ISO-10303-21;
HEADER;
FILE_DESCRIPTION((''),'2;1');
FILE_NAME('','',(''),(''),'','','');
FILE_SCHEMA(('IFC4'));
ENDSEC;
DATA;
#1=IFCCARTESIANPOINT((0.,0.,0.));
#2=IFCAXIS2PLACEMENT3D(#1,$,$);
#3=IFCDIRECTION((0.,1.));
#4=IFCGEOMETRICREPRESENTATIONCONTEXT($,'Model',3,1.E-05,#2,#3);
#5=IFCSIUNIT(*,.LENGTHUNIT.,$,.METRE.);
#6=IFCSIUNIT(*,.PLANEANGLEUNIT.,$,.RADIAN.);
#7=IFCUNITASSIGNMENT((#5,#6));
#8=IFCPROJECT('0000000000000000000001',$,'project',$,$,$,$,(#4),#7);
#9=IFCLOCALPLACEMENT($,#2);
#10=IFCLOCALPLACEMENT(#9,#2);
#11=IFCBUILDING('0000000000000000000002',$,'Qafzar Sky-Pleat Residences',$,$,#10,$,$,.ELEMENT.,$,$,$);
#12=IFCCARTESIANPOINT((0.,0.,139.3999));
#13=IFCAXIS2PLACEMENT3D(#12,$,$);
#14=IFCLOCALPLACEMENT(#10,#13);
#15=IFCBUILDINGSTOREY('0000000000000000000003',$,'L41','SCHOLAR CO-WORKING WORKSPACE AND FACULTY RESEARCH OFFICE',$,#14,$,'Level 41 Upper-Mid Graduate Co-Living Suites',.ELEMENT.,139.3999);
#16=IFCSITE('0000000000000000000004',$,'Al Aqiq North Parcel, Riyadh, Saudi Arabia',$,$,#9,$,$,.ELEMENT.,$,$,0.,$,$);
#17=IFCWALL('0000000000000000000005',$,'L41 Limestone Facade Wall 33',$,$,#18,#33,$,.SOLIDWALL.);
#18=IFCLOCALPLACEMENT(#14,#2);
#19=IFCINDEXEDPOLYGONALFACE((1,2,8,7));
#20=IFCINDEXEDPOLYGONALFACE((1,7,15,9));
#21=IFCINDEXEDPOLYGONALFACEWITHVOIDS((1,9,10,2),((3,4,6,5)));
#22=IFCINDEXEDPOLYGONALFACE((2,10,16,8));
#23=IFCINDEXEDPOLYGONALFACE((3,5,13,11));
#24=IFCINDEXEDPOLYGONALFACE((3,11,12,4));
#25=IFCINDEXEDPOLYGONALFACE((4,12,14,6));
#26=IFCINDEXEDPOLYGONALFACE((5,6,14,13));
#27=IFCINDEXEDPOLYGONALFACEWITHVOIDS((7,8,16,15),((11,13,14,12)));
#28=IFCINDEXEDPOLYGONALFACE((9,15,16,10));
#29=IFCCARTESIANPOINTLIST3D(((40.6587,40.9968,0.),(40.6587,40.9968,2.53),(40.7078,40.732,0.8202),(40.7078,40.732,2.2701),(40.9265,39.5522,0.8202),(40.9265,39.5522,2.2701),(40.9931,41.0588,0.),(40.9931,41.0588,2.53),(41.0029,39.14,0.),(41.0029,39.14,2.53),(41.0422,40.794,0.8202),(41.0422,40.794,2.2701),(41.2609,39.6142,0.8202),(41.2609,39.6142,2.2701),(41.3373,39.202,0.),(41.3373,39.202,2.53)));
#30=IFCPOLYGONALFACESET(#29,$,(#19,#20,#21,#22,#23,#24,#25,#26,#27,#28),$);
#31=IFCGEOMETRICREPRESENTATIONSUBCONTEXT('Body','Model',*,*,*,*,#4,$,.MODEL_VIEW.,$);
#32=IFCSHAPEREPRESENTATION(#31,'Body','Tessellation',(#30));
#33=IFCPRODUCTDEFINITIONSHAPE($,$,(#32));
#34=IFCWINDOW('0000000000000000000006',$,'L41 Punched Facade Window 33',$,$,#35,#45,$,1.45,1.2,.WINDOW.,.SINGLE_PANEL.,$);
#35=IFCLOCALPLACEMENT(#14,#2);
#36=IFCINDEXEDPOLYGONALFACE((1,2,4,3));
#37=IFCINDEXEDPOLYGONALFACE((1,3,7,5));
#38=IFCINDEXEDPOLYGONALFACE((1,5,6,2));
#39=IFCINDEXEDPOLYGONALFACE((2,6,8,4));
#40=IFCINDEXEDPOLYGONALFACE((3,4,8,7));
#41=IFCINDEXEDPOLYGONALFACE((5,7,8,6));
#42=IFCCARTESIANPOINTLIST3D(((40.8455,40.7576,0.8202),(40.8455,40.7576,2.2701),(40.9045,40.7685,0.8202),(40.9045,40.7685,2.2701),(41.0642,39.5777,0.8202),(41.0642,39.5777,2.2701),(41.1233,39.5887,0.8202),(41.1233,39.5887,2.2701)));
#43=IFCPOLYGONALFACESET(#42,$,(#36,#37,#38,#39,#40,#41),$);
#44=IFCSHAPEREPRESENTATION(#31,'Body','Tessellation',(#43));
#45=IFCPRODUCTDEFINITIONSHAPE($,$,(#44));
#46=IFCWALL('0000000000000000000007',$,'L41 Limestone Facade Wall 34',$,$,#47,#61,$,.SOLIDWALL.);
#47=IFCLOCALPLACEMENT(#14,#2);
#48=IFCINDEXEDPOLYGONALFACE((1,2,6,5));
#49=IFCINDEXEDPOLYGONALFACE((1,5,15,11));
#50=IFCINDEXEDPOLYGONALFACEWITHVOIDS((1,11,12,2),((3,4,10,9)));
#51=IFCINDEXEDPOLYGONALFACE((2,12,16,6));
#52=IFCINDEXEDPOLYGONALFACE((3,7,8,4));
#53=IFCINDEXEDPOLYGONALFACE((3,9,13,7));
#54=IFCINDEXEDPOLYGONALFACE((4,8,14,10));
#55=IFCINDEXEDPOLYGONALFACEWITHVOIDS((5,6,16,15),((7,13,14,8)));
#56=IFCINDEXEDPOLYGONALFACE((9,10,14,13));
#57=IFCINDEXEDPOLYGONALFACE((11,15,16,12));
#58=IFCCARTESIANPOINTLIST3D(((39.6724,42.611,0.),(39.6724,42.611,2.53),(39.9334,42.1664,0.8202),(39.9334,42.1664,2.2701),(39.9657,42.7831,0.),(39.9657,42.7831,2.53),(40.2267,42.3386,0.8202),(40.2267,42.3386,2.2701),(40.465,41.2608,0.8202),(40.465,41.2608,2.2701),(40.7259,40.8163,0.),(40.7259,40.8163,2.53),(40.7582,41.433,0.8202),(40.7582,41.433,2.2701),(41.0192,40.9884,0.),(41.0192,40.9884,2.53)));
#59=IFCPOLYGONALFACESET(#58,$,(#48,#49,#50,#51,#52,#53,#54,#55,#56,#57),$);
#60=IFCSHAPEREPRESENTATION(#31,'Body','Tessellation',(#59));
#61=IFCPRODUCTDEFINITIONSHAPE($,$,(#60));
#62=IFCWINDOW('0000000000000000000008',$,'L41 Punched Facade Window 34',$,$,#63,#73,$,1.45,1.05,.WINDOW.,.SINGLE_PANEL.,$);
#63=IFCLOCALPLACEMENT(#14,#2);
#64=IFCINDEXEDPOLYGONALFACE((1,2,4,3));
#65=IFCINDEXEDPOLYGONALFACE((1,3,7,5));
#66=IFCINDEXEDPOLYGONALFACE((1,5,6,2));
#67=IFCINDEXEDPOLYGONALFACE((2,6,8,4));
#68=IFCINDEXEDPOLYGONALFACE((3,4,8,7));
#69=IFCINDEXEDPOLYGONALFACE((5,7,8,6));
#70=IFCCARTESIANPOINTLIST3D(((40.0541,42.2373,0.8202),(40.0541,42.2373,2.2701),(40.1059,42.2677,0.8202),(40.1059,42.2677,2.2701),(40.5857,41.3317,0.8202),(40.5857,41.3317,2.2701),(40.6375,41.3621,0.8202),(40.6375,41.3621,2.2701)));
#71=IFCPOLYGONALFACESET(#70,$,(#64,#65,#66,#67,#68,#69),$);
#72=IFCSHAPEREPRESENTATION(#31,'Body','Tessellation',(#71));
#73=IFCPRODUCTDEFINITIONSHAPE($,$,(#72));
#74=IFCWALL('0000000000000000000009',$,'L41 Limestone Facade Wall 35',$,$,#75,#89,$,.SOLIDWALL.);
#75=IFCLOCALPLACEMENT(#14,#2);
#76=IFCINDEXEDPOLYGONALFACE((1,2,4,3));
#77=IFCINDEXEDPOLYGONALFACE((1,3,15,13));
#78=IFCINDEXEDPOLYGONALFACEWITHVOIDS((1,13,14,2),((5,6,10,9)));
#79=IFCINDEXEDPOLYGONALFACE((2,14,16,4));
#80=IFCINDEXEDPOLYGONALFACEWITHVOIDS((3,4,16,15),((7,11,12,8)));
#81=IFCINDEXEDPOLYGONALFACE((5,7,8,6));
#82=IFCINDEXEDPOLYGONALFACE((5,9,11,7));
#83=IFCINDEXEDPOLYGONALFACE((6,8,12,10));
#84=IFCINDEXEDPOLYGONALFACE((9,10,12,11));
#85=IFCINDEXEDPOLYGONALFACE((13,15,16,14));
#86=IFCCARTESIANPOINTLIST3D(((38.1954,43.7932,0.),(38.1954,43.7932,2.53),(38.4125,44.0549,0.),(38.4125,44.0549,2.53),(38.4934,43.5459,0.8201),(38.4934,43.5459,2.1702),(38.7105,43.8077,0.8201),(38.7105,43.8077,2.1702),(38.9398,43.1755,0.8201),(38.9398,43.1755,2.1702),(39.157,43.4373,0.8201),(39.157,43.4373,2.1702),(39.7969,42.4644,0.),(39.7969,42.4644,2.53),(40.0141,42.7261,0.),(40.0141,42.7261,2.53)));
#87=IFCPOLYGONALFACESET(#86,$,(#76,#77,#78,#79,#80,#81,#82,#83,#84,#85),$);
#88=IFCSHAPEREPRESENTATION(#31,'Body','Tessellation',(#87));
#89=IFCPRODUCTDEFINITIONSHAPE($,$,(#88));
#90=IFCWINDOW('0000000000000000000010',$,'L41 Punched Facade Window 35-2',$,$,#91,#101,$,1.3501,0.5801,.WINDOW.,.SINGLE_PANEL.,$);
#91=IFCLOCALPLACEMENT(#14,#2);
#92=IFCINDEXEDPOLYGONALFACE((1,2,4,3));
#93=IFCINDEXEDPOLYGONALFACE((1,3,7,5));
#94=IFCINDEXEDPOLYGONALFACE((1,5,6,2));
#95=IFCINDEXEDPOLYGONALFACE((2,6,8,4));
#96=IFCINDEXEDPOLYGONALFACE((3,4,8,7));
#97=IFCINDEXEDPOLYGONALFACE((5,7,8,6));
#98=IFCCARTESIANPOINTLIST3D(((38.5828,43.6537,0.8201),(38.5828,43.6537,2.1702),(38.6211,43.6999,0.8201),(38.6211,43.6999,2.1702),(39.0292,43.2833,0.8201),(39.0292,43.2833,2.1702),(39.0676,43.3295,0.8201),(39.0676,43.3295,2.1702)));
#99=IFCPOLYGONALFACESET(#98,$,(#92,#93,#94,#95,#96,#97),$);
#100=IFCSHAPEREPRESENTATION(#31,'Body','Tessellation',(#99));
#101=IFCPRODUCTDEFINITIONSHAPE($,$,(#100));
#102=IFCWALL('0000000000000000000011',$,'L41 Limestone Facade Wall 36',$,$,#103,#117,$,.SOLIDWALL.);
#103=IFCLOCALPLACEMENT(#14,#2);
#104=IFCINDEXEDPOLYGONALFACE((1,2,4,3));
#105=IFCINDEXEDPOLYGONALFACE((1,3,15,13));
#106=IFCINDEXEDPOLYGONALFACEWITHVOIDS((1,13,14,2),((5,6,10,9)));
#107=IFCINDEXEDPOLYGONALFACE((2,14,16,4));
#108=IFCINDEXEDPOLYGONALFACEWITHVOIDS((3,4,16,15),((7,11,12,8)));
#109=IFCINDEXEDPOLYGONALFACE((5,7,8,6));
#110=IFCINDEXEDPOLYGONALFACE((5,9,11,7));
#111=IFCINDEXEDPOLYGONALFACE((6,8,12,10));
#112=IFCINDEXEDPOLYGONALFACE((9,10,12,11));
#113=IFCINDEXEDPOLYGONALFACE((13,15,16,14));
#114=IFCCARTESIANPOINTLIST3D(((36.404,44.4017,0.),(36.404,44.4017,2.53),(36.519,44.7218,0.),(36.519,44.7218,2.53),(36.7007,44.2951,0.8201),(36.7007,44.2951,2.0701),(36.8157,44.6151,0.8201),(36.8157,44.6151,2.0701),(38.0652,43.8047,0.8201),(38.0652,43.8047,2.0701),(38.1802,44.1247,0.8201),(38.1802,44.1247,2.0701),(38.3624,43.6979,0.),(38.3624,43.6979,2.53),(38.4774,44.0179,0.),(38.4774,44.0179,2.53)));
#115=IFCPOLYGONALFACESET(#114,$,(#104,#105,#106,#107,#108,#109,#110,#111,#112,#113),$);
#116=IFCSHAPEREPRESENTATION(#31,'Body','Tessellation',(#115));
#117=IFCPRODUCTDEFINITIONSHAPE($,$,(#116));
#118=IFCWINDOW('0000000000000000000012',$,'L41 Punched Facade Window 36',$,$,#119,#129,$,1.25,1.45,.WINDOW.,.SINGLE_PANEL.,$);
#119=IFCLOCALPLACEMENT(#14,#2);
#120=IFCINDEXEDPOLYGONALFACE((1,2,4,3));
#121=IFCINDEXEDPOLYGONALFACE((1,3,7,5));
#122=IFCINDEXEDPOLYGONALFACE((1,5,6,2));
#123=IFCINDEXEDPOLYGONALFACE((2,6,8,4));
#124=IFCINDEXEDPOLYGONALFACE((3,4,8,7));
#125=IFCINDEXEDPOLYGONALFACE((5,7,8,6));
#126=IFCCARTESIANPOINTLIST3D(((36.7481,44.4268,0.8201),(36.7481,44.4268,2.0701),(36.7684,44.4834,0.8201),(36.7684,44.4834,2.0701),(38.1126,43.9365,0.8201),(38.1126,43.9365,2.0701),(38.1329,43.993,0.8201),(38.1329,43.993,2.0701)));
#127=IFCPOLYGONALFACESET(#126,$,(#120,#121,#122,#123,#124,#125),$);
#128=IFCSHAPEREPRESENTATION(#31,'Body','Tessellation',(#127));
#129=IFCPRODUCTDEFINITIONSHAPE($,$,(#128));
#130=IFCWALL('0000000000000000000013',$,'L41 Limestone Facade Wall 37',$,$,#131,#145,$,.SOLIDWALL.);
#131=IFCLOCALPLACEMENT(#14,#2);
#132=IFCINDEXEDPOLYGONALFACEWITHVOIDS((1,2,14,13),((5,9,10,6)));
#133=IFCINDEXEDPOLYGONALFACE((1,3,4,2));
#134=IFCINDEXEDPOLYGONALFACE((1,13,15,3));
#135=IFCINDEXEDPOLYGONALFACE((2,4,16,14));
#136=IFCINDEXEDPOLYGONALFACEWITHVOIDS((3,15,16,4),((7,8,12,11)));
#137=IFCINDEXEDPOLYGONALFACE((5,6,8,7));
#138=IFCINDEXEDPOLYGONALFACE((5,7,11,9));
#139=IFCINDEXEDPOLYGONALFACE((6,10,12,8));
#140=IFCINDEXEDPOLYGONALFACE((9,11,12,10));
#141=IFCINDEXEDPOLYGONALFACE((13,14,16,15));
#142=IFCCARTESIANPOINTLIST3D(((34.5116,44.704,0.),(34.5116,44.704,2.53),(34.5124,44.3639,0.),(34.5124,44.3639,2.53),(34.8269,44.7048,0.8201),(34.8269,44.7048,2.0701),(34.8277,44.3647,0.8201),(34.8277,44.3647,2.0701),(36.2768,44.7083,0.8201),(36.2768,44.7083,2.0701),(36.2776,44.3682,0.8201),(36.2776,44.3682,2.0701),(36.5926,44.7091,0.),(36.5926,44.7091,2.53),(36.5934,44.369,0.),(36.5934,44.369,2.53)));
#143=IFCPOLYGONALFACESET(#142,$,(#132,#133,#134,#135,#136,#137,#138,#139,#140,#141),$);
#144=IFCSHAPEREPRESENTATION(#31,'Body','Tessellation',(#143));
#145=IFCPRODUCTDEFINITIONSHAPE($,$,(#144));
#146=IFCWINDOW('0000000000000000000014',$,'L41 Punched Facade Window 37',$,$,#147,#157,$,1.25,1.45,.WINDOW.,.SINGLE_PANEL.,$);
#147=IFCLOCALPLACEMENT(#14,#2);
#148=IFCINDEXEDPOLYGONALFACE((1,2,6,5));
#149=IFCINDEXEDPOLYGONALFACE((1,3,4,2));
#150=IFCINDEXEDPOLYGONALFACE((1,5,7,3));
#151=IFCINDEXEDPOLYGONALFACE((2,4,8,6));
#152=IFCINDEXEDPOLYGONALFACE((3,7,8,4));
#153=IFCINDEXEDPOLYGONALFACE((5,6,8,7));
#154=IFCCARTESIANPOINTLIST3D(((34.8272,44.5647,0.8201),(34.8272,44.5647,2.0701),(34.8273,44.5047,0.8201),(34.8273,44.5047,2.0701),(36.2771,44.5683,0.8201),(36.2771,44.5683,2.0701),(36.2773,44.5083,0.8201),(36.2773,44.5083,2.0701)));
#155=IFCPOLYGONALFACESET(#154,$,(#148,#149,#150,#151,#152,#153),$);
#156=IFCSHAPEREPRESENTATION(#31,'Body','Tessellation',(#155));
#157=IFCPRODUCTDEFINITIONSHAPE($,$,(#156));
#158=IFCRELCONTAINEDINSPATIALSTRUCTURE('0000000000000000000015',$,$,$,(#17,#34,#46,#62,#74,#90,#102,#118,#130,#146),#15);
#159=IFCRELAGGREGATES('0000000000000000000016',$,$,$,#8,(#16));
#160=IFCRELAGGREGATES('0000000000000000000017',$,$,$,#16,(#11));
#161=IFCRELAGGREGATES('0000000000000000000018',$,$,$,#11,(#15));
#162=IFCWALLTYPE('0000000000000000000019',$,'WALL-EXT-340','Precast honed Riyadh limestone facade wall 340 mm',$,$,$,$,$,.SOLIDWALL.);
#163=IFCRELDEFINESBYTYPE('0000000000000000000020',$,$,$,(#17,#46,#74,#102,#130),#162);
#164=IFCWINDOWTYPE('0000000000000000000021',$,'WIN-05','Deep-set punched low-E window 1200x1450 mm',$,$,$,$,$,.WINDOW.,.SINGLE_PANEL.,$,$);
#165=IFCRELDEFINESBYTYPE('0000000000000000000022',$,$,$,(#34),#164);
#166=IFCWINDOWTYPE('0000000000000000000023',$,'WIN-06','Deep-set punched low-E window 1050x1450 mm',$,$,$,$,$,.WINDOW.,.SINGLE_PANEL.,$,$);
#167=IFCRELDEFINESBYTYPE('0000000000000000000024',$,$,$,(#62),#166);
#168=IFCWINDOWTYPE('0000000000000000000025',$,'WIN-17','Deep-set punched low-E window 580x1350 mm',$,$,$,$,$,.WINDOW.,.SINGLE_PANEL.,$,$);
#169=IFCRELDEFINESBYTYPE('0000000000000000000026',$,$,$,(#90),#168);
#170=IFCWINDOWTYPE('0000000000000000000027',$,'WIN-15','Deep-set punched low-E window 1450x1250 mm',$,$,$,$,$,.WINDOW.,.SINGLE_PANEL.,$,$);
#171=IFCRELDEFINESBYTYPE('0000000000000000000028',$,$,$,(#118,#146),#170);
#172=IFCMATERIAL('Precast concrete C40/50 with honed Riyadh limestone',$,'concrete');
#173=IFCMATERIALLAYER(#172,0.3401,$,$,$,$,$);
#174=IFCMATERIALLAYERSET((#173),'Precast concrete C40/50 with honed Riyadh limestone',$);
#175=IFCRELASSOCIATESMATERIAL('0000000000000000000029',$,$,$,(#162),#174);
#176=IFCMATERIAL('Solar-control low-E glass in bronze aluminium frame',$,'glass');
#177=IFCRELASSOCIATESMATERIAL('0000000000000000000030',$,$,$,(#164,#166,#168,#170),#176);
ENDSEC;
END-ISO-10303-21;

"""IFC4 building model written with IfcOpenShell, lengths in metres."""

from ifc_helpers import new_model, si_unit, direction, frame, frame_2d, origin, place, context, subcontext, project, spatial, rectangle, extrude, source, transform, mapped, material, layer, layer_set, type_object, element, fill, save


model = new_model("IFC4")

# Units and contexts
model_context = context("Model", 3, precision=1e-05, world=origin(), true_north=direction((0.0, 1.0)))
body_context = subcontext(model_context, "Body", "Model", "MODEL_VIEW")
ifc_project = project(units=[si_unit("LENGTHUNIT", "METRE"), si_unit("PLANEANGLEUNIT", "RADIAN")], contexts=[model_context])

# Site, building, storey
site_placement = place(None, origin())
site = spatial("IfcSite", under=ifc_project, at=site_placement, Name="Al Aqiq North Parcel, Riyadh, Saudi Arabia", CompositionType="ELEMENT", RefElevation=0.0)
building_placement = place(site_placement, origin())
building = spatial("IfcBuilding", under=site, at=building_placement, Name="Qafzar Sky-Pleat Residences", CompositionType="ELEMENT")
storey_placement = place(building_placement, frame((0.0, 0.0, 139.3999)))
storey = spatial("IfcBuildingStorey", under=building, at=storey_placement, Name="L41", Description="SCHOLAR CO-WORKING WORKSPACE AND FACULTY RESEARCH OFFICE", LongName="Level 41 Upper-Mid Graduate Co-Living Suites", CompositionType="ELEMENT", Elevation=139.3999)

# Walls, openings, windows
ifc_material_1 = material(Name="Precast concrete C40/50 with honed Riyadh limestone", Category="concrete")
ifc_layer_1 = layer(ifc_material_1, 0.3401)
ifc_layer_set_1 = layer_set([ifc_layer_1], Name="Precast concrete C40/50 with honed Riyadh limestone")
wall_type_1 = type_object("IfcWallType", Name="WALL-EXT-340", Description="Precast honed Riyadh limestone facade wall 340 mm", PredefinedType="SOLIDWALL", material=ifc_layer_set_1)
ifc_material_2 = material(Name="Solar-control low-E glass in bronze aluminium frame", Category="glass")
wall_1_placement = place(storey_placement, frame((41.1702, 39.1709, 0.0), z_axis=(0.0, 0.0, 1.0), x_axis=(-0.182298, 0.983243, 0.0)))
wall_1 = element("IfcWall", 1, at=wall_1_placement, inside=storey, type_object=wall_type_1, Name="L41 Limestone Facade Wall 33", PredefinedType="SOLIDWALL", context=body_context, shape_type="SweptSolid", body=[
    extrude(rectangle(XDim=1.8884, YDim=0.3401, at=frame_2d((0.9443, 0.0))), origin(), (0.0, 0.0, 1.0), 2.53),
])
opening_1_placement = place(wall_1_placement, frame((0.4192, 0.0, 0.8201)))
opening_1 = element("IfcOpeningElement", 2, at=opening_1_placement, cuts=wall_1, PredefinedType="OPENING", context=body_context, shape_type="SweptSolid", body=[
    extrude(rectangle(XDim=1.2, YDim=1.45, at=frame_2d((0.6001, 0.7251))), frame((0.0, 0.1802, 0.0), z_axis=(0.0, -1.0, 0.0), x_axis=(1.0, 0.0, 0.0)), (0.0, 0.0, 1.0), 0.3601),
])
window_type_1 = type_object("IfcWindowType", Name="WIN-05", Description="Deep-set punched low-E window 1200x1450 mm", PartitioningType="SINGLE_PANEL", PredefinedType="WINDOW", material=ifc_material_2)
shared_shape_1 = source(origin(), body_context, "Body", "SweptSolid", [
    extrude(rectangle(XDim=1.2, YDim=1.45, at=frame_2d((0.6001, 0.7251))), frame((0.0, 0.03, 0.0), z_axis=(0.0, -1.0, 0.0), x_axis=(1.0, 0.0, 0.0)), (0.0, 0.0, 1.0), 0.0601),
])
window_1_placement = place(opening_1_placement, origin())
window_1 = element("IfcWindow", 3, at=window_1_placement, inside=storey, type_object=window_type_1, Name="L41 Punched Facade Window 33", OverallHeight=1.45, OverallWidth=1.2, PartitioningType="SINGLE_PANEL", PredefinedType="WINDOW", context=body_context, shape_type="MappedRepresentation", body=[
    mapped(shared_shape_1, transform((0.0, 0.0, 0.0), x_axis=(1.0, 0.0, 0.0), y_axis=(0.0, 1.0, 0.0), z_axis=(0.0, 0.0, 1.0), scale=1.0)),
])
fill(opening_1, window_1)
wall_2_placement = place(storey_placement, frame((40.8726, 40.9023, 0.0), z_axis=(0.0, 0.0, 1.0), x_axis=(-0.506225, 0.862401, 0.0)))
wall_2 = element("IfcWall", 4, at=wall_2_placement, inside=storey, type_object=wall_type_1, Name="L41 Limestone Facade Wall 34", PredefinedType="SOLIDWALL", context=body_context, shape_type="SweptSolid", body=[
    extrude(rectangle(XDim=2.0811, YDim=0.3401, at=frame_2d((1.0405, 0.0))), origin(), (0.0, 0.0, 1.0), 2.53),
])
opening_2_placement = place(wall_2_placement, frame((0.5156, 0.0, 0.8201)))
opening_2 = element("IfcOpeningElement", 5, at=opening_2_placement, cuts=wall_2, PredefinedType="OPENING", context=body_context, shape_type="SweptSolid", body=[
    extrude(rectangle(XDim=1.05, YDim=1.45, at=frame_2d((0.5249, 0.7251))), frame((0.0, 0.1802, 0.0), z_axis=(0.0, -1.0, 0.0), x_axis=(1.0, 0.0, 0.0)), (0.0, 0.0, 1.0), 0.3601),
])
window_type_2 = type_object("IfcWindowType", Name="WIN-06", Description="Deep-set punched low-E window 1050x1450 mm", PartitioningType="SINGLE_PANEL", PredefinedType="WINDOW", material=ifc_material_2)
shared_shape_2 = source(origin(), body_context, "Body", "SweptSolid", [
    extrude(rectangle(XDim=1.05, YDim=1.45, at=frame_2d((0.5249, 0.7251))), frame((0.0, 0.03, 0.0), z_axis=(0.0, -1.0, 0.0), x_axis=(1.0, 0.0, 0.0)), (0.0, 0.0, 1.0), 0.0601),
])
window_2_placement = place(opening_2_placement, origin())
window_2 = element("IfcWindow", 6, at=window_2_placement, inside=storey, type_object=window_type_2, Name="L41 Punched Facade Window 34", OverallHeight=1.45, OverallWidth=1.05, PartitioningType="SINGLE_PANEL", PredefinedType="WINDOW", context=body_context, shape_type="MappedRepresentation", body=[
    mapped(shared_shape_2, transform((0.0, 0.0, 0.0), x_axis=(1.0, 0.0, 0.0), y_axis=(0.0, 1.0, 0.0), z_axis=(0.0, 0.0, 1.0), scale=1.0)),
])
fill(opening_2, window_2)
wall_3_placement = place(storey_placement, frame((39.9055, 42.5952, 0.0), z_axis=(0.0, 0.0, 1.0), x_axis=(-0.769585, 0.638544, 0.0)))
wall_3 = element("IfcWall", 7, at=wall_3_placement, inside=storey, type_object=wall_type_1, Name="L41 Limestone Facade Wall 35", PredefinedType="SOLIDWALL", context=body_context, shape_type="SweptSolid", body=[
    extrude(rectangle(XDim=2.0811, YDim=0.3401, at=frame_2d((1.0405, 0.0))), origin(), (0.0, 0.0, 1.0), 2.53),
])
opening_3_placement = place(wall_3_placement, frame((1.1138, 0.0, 0.8201)))
opening_3 = element("IfcOpeningElement", 8, at=opening_3_placement, cuts=wall_3, PredefinedType="OPENING", context=body_context, shape_type="SweptSolid", body=[
    extrude(rectangle(XDim=0.5801, YDim=1.3501, at=frame_2d((0.29, 0.675))), frame((0.0, 0.1802, 0.0), z_axis=(0.0, -1.0, 0.0), x_axis=(1.0, 0.0, 0.0)), (0.0, 0.0, 1.0), 0.3601),
])
window_type_3 = type_object("IfcWindowType", Name="WIN-17", Description="Deep-set punched low-E window 580x1350 mm", PartitioningType="SINGLE_PANEL", PredefinedType="WINDOW", material=ifc_material_2)
shared_shape_3 = source(origin(), body_context, "Body", "SweptSolid", [
    extrude(rectangle(XDim=0.5801, YDim=1.3501, at=frame_2d((0.29, 0.675))), frame((0.0, 0.03, 0.0), z_axis=(0.0, -1.0, 0.0), x_axis=(1.0, 0.0, 0.0)), (0.0, 0.0, 1.0), 0.0601),
])
window_3_placement = place(opening_3_placement, origin())
window_3 = element("IfcWindow", 9, at=window_3_placement, inside=storey, type_object=window_type_3, Name="L41 Punched Facade Window 35-2", OverallHeight=1.3501, OverallWidth=0.5801, PartitioningType="SINGLE_PANEL", PredefinedType="WINDOW", context=body_context, shape_type="MappedRepresentation", body=[
    mapped(shared_shape_3, transform((0.0, 0.0, 0.0), x_axis=(1.0, 0.0, 0.0), y_axis=(0.0, 1.0, 0.0), z_axis=(0.0, 0.0, 1.0), scale=1.0)),
])
fill(opening_3, window_3)
wall_4_placement = place(storey_placement, frame((38.4199, 43.8579, 0.0), z_axis=(0.0, 0.0, 1.0), x_axis=(-0.941071, 0.338208, 0.0)))
wall_4 = element("IfcWall", 10, at=wall_4_placement, inside=storey, type_object=wall_type_1, Name="L41 Limestone Facade Wall 36", PredefinedType="SOLIDWALL", context=body_context, shape_type="SweptSolid", body=[
    extrude(rectangle(XDim=2.0811, YDim=0.3401, at=frame_2d((1.0405, 0.0))), origin(), (0.0, 0.0, 1.0), 2.53),
])
opening_4_placement = place(wall_4_placement, frame((0.3157, 0.0, 0.8201)))
opening_4 = element("IfcOpeningElement", 11, at=opening_4_placement, cuts=wall_4, PredefinedType="OPENING", context=body_context, shape_type="SweptSolid", body=[
    extrude(rectangle(XDim=1.45, YDim=1.25, at=frame_2d((0.7251, 0.625))), frame((0.0, 0.1802, 0.0), z_axis=(0.0, -1.0, 0.0), x_axis=(1.0, 0.0, 0.0)), (0.0, 0.0, 1.0), 0.3601),
])
window_type_4 = type_object("IfcWindowType", Name="WIN-15", Description="Deep-set punched low-E window 1450x1250 mm", PartitioningType="SINGLE_PANEL", PredefinedType="WINDOW", material=ifc_material_2)
shared_shape_4 = source(origin(), body_context, "Body", "SweptSolid", [
    extrude(rectangle(XDim=1.45, YDim=1.25, at=frame_2d((0.7251, 0.625))), frame((0.0, 0.03, 0.0), z_axis=(0.0, -1.0, 0.0), x_axis=(1.0, 0.0, 0.0)), (0.0, 0.0, 1.0), 0.0601),
])
window_4_placement = place(opening_4_placement, origin())
window_4 = element("IfcWindow", 12, at=window_4_placement, inside=storey, type_object=window_type_4, Name="L41 Punched Facade Window 36", OverallHeight=1.25, OverallWidth=1.45, PartitioningType="SINGLE_PANEL", PredefinedType="WINDOW", context=body_context, shape_type="MappedRepresentation", body=[
    mapped(shared_shape_4, transform((0.0, 0.0, 0.0), x_axis=(1.0, 0.0, 0.0), y_axis=(0.0, 1.0, 0.0), z_axis=(0.0, 0.0, 1.0), scale=1.0)),
])
fill(opening_4, window_4)
wall_5_placement = place(storey_placement, frame((36.593, 44.5391, 0.0), z_axis=(0.0, 0.0, 1.0), x_axis=(-0.999997, -0.002464, 0.0)))
wall_5 = element("IfcWall", 13, at=wall_5_placement, inside=storey, type_object=wall_type_1, Name="L41 Limestone Facade Wall 37", PredefinedType="SOLIDWALL", context=body_context, shape_type="SweptSolid", body=[
    extrude(rectangle(XDim=2.0811, YDim=0.3401, at=frame_2d((1.0405, 0.0))), origin(), (0.0, 0.0, 1.0), 2.53),
])
opening_5_placement = place(wall_5_placement, frame((0.3157, 0.0, 0.8201)))
opening_5 = element("IfcOpeningElement", 14, at=opening_5_placement, cuts=wall_5, PredefinedType="OPENING", context=body_context, shape_type="SweptSolid", body=[
    extrude(rectangle(XDim=1.45, YDim=1.25, at=frame_2d((0.7251, 0.625))), frame((0.0, 0.1802, 0.0), z_axis=(0.0, -1.0, 0.0), x_axis=(1.0, 0.0, 0.0)), (0.0, 0.0, 1.0), 0.3601),
])
window_5_placement = place(opening_5_placement, origin())
window_5 = element("IfcWindow", 15, at=window_5_placement, inside=storey, type_object=window_type_4, Name="L41 Punched Facade Window 37", OverallHeight=1.25, OverallWidth=1.45, PartitioningType="SINGLE_PANEL", PredefinedType="WINDOW", context=body_context, shape_type="MappedRepresentation", body=[
    mapped(shared_shape_4, transform((0.0, 0.0, 0.0), x_axis=(1.0, 0.0, 0.0), y_axis=(0.0, 1.0, 0.0), z_axis=(0.0, 0.0, 1.0), scale=1.0)),
])
fill(opening_5, window_5)

save(model, "model.ifc")
